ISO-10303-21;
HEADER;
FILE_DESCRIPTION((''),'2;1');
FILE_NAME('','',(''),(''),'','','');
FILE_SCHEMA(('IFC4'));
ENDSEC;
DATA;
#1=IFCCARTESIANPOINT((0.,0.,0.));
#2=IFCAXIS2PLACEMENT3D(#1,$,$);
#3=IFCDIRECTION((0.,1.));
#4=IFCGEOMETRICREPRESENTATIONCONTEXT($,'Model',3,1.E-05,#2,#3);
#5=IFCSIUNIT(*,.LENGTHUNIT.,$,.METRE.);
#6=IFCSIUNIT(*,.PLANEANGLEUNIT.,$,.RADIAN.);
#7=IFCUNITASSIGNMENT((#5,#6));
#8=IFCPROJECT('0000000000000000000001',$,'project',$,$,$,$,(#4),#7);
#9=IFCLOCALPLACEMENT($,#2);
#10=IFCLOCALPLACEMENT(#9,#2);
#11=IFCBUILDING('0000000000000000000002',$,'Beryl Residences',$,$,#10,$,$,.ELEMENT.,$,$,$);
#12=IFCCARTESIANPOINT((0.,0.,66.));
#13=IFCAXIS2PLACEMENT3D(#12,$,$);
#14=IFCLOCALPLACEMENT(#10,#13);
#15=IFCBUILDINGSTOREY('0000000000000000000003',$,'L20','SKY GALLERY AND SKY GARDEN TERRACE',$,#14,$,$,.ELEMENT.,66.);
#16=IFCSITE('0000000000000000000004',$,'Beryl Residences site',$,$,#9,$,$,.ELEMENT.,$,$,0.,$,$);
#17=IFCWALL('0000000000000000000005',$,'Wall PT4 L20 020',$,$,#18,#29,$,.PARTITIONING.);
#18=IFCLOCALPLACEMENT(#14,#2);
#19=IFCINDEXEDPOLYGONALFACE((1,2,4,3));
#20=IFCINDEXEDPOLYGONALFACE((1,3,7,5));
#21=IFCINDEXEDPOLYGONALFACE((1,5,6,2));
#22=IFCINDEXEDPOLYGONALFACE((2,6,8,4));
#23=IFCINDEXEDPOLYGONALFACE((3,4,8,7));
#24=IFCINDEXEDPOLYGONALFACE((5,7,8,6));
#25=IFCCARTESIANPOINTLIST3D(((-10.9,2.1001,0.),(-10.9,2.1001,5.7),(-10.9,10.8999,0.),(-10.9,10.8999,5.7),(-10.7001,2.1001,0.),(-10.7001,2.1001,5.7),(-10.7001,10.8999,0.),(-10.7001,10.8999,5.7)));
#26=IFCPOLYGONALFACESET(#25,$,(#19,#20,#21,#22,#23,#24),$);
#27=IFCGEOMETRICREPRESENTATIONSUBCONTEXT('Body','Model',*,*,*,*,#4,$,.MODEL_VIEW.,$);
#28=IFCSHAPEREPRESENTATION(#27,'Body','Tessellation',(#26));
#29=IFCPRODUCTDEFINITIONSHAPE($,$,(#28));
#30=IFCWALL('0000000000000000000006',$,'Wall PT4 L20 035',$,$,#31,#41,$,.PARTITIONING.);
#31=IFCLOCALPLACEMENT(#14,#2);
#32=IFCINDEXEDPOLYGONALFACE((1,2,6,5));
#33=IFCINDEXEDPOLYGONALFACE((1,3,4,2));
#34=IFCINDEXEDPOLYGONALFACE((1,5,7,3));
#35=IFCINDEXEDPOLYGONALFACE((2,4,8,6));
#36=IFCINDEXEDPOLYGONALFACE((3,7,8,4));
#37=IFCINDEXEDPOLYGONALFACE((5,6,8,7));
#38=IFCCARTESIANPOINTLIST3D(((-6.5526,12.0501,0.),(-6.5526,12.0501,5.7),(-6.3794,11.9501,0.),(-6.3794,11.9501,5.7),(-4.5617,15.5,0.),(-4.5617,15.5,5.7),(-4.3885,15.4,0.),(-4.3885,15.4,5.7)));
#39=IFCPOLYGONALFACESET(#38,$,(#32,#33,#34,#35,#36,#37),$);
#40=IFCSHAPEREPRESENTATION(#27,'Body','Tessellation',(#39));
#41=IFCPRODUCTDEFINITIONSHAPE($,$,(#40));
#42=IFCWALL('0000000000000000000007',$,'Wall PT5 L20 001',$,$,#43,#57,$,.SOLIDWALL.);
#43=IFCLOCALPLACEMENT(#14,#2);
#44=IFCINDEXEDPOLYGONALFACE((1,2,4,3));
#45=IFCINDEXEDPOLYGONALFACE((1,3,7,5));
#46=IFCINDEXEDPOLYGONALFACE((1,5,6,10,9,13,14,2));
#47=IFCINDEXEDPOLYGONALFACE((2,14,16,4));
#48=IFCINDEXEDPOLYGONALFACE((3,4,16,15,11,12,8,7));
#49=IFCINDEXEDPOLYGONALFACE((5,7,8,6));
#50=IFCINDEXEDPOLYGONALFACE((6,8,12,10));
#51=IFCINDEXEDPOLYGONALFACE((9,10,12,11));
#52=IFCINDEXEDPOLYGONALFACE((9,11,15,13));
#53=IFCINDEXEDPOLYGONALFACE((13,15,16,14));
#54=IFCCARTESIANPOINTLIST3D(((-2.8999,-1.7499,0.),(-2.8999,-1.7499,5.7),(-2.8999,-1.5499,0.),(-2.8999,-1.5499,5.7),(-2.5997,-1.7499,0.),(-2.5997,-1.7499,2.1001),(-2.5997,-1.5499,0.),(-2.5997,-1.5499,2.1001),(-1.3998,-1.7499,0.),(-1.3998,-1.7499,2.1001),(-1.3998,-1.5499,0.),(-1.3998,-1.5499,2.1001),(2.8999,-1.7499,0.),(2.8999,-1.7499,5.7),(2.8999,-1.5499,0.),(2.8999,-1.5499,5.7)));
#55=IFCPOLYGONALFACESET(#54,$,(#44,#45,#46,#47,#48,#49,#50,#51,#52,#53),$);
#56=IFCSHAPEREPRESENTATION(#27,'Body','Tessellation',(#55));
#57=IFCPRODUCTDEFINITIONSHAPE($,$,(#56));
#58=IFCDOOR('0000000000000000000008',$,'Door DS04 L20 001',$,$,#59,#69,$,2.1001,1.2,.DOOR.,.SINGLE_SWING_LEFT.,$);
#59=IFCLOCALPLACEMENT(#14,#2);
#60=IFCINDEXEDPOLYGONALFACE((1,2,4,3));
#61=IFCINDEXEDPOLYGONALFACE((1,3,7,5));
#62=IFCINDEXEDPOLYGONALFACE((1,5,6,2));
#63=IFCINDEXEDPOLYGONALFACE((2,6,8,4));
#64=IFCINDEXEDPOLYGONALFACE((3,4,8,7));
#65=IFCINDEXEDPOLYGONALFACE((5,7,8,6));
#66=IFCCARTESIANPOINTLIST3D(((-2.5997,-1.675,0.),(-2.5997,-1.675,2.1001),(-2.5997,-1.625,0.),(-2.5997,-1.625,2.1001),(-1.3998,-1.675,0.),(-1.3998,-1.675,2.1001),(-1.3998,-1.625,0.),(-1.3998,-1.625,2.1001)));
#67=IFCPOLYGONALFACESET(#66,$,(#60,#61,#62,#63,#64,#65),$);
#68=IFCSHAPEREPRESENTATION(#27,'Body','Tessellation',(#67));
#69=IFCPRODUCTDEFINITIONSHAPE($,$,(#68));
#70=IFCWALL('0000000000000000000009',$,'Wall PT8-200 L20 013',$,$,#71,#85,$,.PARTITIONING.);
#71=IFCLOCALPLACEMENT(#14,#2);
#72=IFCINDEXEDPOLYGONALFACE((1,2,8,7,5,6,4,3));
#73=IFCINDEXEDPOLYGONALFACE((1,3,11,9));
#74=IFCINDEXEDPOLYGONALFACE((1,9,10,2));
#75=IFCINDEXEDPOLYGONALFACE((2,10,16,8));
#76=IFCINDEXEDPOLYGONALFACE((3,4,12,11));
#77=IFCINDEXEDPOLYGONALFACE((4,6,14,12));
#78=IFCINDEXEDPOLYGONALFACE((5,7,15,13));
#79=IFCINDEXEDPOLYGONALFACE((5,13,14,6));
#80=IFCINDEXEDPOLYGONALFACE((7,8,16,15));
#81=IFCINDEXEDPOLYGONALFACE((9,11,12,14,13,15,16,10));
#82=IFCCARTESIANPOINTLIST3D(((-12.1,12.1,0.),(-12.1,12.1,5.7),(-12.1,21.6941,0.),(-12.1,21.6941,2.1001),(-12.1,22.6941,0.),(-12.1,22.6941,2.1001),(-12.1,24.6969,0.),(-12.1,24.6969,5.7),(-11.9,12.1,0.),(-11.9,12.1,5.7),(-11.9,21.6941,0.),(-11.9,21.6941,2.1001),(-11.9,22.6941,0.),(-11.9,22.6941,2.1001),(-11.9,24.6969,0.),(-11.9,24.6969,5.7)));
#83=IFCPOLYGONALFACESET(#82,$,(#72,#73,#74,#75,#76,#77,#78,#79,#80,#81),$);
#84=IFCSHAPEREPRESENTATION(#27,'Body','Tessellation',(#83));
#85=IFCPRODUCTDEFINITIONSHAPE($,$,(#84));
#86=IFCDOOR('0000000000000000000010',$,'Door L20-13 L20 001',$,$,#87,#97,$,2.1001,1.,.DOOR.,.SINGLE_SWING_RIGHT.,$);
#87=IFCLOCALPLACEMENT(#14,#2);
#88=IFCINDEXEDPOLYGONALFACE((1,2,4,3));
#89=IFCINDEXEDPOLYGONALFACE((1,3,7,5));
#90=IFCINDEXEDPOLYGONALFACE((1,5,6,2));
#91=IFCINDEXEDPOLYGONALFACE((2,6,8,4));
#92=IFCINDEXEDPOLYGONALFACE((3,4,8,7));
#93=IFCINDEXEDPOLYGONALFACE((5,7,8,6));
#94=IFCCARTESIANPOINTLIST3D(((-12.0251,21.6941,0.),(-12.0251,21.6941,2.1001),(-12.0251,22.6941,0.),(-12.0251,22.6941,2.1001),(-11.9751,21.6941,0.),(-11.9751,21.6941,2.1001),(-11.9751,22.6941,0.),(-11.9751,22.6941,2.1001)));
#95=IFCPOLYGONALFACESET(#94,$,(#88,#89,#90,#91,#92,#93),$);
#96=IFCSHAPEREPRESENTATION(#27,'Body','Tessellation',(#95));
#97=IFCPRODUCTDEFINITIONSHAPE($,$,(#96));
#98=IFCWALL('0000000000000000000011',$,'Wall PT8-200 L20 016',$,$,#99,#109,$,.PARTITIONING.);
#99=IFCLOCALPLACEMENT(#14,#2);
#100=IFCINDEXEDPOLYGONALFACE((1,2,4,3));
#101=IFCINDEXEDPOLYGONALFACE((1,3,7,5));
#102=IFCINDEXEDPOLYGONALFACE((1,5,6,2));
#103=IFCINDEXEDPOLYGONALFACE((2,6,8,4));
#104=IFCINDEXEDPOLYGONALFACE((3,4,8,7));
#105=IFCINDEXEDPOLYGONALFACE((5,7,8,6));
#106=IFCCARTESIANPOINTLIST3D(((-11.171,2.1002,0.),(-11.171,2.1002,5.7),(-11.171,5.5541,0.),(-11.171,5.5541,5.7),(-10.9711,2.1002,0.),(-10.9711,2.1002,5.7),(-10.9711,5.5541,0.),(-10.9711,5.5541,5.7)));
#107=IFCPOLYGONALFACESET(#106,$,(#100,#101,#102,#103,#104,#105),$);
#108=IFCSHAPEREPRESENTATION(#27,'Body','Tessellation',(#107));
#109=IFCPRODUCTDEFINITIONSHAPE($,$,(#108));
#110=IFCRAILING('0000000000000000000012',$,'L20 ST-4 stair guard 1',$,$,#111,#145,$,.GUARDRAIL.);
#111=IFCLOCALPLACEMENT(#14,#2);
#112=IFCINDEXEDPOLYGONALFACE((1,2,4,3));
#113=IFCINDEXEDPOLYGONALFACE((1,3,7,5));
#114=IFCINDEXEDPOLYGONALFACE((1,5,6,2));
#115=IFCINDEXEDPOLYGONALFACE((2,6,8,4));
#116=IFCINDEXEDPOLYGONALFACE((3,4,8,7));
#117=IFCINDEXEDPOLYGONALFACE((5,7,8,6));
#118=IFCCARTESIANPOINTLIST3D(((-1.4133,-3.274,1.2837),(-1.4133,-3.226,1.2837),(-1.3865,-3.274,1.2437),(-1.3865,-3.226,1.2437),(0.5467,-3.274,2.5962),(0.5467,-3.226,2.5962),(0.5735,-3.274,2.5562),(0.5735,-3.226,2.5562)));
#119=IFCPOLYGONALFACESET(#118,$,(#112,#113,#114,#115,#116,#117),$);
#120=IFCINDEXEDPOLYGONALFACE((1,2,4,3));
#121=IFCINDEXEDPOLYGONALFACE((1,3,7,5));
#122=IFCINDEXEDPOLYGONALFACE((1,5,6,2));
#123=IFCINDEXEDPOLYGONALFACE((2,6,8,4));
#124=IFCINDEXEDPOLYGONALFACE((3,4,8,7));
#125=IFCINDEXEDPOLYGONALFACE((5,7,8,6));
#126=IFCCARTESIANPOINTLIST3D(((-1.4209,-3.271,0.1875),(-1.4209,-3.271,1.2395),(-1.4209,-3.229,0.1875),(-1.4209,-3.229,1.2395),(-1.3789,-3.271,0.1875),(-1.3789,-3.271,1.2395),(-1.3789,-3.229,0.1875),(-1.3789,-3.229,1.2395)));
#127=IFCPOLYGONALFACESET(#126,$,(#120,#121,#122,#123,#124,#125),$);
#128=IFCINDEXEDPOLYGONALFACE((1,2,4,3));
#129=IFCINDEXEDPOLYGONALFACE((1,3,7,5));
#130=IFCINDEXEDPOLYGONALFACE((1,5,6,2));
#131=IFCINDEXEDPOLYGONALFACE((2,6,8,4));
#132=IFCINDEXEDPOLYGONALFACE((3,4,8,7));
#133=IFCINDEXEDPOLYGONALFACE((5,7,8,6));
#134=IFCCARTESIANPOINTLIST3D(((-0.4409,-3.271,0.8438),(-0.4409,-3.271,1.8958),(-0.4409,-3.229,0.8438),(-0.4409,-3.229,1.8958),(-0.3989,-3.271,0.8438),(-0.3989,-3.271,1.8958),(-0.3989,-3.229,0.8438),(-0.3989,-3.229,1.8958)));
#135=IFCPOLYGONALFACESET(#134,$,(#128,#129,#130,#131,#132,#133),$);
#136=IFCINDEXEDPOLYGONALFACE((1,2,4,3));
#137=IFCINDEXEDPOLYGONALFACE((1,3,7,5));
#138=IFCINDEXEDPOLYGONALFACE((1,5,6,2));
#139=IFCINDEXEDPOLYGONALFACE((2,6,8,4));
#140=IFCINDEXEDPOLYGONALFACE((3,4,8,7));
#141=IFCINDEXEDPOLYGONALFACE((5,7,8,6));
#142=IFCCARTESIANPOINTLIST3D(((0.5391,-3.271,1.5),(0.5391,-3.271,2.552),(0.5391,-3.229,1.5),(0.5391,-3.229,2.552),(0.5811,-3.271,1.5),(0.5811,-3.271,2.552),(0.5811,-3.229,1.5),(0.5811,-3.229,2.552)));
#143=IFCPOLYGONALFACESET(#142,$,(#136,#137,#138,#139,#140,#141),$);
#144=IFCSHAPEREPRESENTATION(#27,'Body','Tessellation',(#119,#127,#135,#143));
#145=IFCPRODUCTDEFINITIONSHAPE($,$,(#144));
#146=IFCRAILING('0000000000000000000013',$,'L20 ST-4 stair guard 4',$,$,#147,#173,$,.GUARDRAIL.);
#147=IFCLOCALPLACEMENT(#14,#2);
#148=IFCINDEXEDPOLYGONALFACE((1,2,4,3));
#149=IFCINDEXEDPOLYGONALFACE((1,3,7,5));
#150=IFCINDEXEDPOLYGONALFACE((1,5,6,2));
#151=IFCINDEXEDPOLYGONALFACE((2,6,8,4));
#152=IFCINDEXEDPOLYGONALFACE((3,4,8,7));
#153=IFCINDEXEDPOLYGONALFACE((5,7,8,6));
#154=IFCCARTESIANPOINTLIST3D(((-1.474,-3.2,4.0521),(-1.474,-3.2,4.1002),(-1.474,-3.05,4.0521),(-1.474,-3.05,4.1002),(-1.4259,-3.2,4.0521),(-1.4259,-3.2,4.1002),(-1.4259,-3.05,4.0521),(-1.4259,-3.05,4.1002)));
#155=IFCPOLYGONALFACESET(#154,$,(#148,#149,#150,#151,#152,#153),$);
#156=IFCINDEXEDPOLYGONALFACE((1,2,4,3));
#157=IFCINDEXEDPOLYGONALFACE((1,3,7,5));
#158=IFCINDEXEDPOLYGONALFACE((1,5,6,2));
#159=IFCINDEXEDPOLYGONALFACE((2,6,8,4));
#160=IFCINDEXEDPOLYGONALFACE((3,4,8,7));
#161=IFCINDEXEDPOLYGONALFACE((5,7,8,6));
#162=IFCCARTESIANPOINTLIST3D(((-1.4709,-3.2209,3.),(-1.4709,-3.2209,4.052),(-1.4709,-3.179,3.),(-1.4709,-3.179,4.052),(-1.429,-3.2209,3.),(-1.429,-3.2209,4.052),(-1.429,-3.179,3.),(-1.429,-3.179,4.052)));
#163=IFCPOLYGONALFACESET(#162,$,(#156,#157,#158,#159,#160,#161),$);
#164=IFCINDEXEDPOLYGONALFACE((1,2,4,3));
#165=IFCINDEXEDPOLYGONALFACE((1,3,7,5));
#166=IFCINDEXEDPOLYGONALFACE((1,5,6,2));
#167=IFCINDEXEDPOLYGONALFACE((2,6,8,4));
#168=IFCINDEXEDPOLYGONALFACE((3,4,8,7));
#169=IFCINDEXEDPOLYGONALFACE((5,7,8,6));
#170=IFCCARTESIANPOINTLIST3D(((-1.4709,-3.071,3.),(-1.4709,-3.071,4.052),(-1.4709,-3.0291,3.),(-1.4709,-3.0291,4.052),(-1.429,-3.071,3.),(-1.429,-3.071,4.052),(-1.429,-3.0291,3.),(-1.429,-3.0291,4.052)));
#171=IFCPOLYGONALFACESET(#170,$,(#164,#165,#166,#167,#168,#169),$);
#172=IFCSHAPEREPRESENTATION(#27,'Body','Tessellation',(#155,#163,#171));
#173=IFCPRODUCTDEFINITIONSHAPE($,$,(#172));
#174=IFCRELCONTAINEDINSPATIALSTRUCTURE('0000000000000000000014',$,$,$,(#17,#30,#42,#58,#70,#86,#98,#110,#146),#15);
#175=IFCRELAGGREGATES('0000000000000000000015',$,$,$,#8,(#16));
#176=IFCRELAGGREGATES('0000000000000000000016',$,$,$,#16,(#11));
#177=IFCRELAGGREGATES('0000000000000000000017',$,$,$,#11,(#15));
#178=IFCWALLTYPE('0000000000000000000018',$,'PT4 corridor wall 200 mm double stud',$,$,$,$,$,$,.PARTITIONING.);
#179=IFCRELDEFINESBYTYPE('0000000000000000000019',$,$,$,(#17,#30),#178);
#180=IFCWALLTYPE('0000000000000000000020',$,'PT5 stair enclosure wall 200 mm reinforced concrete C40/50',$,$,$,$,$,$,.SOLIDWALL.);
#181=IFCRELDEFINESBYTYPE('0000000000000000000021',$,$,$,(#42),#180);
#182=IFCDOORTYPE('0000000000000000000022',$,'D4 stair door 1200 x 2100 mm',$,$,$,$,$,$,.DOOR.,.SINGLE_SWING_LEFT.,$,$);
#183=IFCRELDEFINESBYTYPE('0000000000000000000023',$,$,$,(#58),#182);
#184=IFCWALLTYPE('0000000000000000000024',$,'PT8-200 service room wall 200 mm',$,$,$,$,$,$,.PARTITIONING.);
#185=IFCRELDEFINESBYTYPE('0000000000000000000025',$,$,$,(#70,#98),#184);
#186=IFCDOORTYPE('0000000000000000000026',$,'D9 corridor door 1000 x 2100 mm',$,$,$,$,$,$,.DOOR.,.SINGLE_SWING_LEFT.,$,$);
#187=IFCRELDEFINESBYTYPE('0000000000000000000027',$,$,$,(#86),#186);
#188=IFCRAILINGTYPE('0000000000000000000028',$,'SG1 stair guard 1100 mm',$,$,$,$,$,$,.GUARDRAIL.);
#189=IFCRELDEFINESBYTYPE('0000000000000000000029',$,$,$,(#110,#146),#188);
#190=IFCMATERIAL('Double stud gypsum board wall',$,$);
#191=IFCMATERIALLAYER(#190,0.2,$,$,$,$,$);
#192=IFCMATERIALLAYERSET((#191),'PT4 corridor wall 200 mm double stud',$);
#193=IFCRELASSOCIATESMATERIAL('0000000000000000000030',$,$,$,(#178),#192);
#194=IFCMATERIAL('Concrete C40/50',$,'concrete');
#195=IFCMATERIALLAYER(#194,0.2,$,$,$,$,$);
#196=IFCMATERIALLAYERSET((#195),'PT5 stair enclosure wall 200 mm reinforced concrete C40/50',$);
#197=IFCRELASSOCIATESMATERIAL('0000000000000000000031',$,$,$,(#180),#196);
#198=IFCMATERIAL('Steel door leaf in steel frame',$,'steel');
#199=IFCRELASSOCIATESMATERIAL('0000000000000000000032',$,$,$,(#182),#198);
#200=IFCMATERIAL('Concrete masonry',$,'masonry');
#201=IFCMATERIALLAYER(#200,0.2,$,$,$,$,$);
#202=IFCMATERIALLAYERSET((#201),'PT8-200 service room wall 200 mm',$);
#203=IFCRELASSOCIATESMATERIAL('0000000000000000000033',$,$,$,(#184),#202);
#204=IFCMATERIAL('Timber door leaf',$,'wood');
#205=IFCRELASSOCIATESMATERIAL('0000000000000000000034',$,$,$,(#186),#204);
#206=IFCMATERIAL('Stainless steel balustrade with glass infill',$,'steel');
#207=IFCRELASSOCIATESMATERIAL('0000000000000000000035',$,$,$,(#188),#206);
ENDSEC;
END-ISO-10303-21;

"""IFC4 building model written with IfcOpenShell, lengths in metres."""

from ifc_helpers import new_model, si_unit, direction, frame, frame_2d, origin, origin_2d, place, context, subcontext, project, spatial, rectangle, extrude, material, layer, layer_set, type_object, element, fill, save


model = new_model("IFC4")

# Units and contexts
model_context = context("Model", 3, precision=1e-05, world=origin(), true_north=direction((0.0, 1.0)))
body_context = subcontext(model_context, "Body", "Model", "MODEL_VIEW")
ifc_project = project(units=[si_unit("LENGTHUNIT", "METRE"), si_unit("PLANEANGLEUNIT", "RADIAN")], contexts=[model_context])

# Site, building, storey
site_placement = place(None, origin())
site = spatial("IfcSite", under=ifc_project, at=site_placement, Name="Beryl Residences site", CompositionType="ELEMENT", RefElevation=0.0)
building_placement = place(site_placement, origin())
building = spatial("IfcBuilding", under=site, at=building_placement, Name="Beryl Residences", CompositionType="ELEMENT")
storey_placement = place(building_placement, frame((0.0, 0.0, 66.0)))
storey = spatial("IfcBuildingStorey", under=building, at=storey_placement, Name="L20", Description="SKY GALLERY AND SKY GARDEN TERRACE", CompositionType="ELEMENT", Elevation=66.0)

# Walls
ifc_material_1 = material(Name="Double stud gypsum board wall")
ifc_layer_1 = layer(ifc_material_1, 0.2)
ifc_layer_set_1 = layer_set([ifc_layer_1], Name="PT4 corridor wall 200 mm double stud")
wall_type_1 = type_object("IfcWallType", Name="PT4 corridor wall 200 mm double stud", PredefinedType="PARTITIONING", material=ifc_layer_set_1)
wall_1_placement = place(storey_placement, frame((-10.8, 2.1001, 0.0), z_axis=(0.0, 0.0, 1.0), x_axis=(0.0, 1.0, 0.0)))
element("IfcWall", 1, at=wall_1_placement, inside=storey, type_object=wall_type_1, Name="Wall PT4 L20 020", PredefinedType="PARTITIONING", context=body_context, shape_type="SweptSolid", body=[
    extrude(rectangle(XDim=8.7998, YDim=0.2, at=frame_2d((4.3999, 0.0))), origin(), (0.0, 0.0, 1.0), 5.7),
])
wall_2_placement = place(storey_placement, frame((-6.4661, 12.0, 0.0), z_axis=(0.0, 0.0, 1.0), x_axis=(0.499837, 0.866119, 0.0)))
element("IfcWall", 2, at=wall_2_placement, inside=storey, type_object=wall_type_1, Name="Wall PT4 L20 035", PredefinedType="PARTITIONING", context=body_context, shape_type="SweptSolid", body=[
    extrude(rectangle(XDim=3.9832, YDim=0.2, at=frame_2d((1.9917, 0.0))), origin(), (0.0, 0.0, 1.0), 5.7),
])

# Walls, openings, doors
ifc_material_2 = material(Name="Concrete C40/50", Category="concrete")
ifc_layer_2 = layer(ifc_material_2, 0.2)
ifc_layer_set_2 = layer_set([ifc_layer_2], Name="PT5 stair enclosure wall 200 mm reinforced concrete C40/50")
wall_type_2 = type_object("IfcWallType", Name="PT5 stair enclosure wall 200 mm reinforced concrete C40/50", PredefinedType="SOLIDWALL", material=ifc_layer_set_2)
wall_3_placement = place(storey_placement, frame((-2.8999, -1.6499, 0.0), z_axis=(0.0, 0.0, 1.0), x_axis=(1.0, 0.0, 0.0)))
wall_3 = element("IfcWall", 3, at=wall_3_placement, inside=storey, type_object=wall_type_2, Name="Wall PT5 L20 001", PredefinedType="SOLIDWALL", context=body_context, shape_type="SweptSolid", body=[
    extrude(rectangle(XDim=5.7998, YDim=0.2, at=frame_2d((2.8999, 0.0))), origin(), (0.0, 0.0, 1.0), 5.7),
])
opening_1_placement = place(wall_3_placement, frame((0.3, 0.0, 0.0)))
opening_1 = element("IfcOpeningElement", 4, at=opening_1_placement, cuts=wall_3, PredefinedType="OPENING", context=body_context, shape_type="SweptSolid", body=[
    extrude(rectangle(XDim=1.2, YDim=2.1001, at=frame_2d((0.6001, 1.05))), frame((0.0, 0.1099, 0.0), z_axis=(0.0, -1.0, 0.0), x_axis=(1.0, 0.0, 0.0)), (0.0, 0.0, 1.0), 0.22),
])
ifc_material_3 = material(Name="Steel door leaf in steel frame", Category="steel")
door_type_1 = type_object("IfcDoorType", Name="D4 stair door 1200 x 2100 mm", OperationType="SINGLE_SWING_LEFT", PredefinedType="DOOR", material=ifc_material_3)
door_1_placement = place(opening_1_placement, origin())
door_1 = element("IfcDoor", 5, at=door_1_placement, inside=storey, type_object=door_type_1, Name="Door DS04 L20 001", OperationType="SINGLE_SWING_LEFT", OverallHeight=2.1001, OverallWidth=1.2, PredefinedType="DOOR", context=body_context, shape_type="SweptSolid", body=[
    extrude(rectangle(XDim=1.2, YDim=2.1001, at=frame_2d((0.6001, 1.05))), frame((0.0, 0.0249, 0.0), z_axis=(0.0, -1.0, 0.0), x_axis=(1.0, 0.0, 0.0)), (0.0, 0.0, 1.0), 0.05),
])
fill(opening_1, door_1)
ifc_material_4 = material(Name="Concrete masonry", Category="masonry")
ifc_layer_3 = layer(ifc_material_4, 0.2)
ifc_layer_set_3 = layer_set([ifc_layer_3], Name="PT8-200 service room wall 200 mm")
wall_type_3 = type_object("IfcWallType", Name="PT8-200 service room wall 200 mm", PredefinedType="PARTITIONING", material=ifc_layer_set_3)
wall_4_placement = place(storey_placement, frame((-12.0, 12.1001, 0.0), z_axis=(0.0, 0.0, 1.0), x_axis=(0.0, 1.0, 0.0)))
wall_4 = element("IfcWall", 6, at=wall_4_placement, inside=storey, type_object=wall_type_3, Name="Wall PT8-200 L20 013", PredefinedType="PARTITIONING", context=body_context, shape_type="SweptSolid", body=[
    extrude(rectangle(XDim=12.5969, YDim=0.2, at=frame_2d((6.2983, 0.0))), origin(), (0.0, 0.0, 1.0), 5.7),
])
opening_2_placement = place(wall_4_placement, frame((10.594, 0.0, 0.0), z_axis=(0.0, 0.0, 1.0), x_axis=(-1.0, 0.0, 0.0)))
opening_2 = element("IfcOpeningElement", 7, at=opening_2_placement, cuts=wall_4, PredefinedType="OPENING", context=body_context, shape_type="SweptSolid", body=[
    extrude(rectangle(XDim=1.0, YDim=2.1001, at=frame_2d((0.5, 1.05))), frame((0.0, 0.1099, 0.0), z_axis=(0.0, -1.0, 0.0), x_axis=(1.0, 0.0, 0.0)), (0.0, 0.0, 1.0), 0.22),
])
ifc_material_5 = material(Name="Timber door leaf", Category="wood")
door_type_2 = type_object("IfcDoorType", Name="D9 corridor door 1000 x 2100 mm", OperationType="SINGLE_SWING_LEFT", PredefinedType="DOOR", material=ifc_material_5)
door_2_placement = place(opening_2_placement, origin())
door_2 = element("IfcDoor", 8, at=door_2_placement, inside=storey, type_object=door_type_2, Name="Door L20-13 L20 001", OperationType="SINGLE_SWING_RIGHT", OverallHeight=2.1001, OverallWidth=1.0, PredefinedType="DOOR", context=body_context, shape_type="SweptSolid", body=[
    extrude(rectangle(XDim=1.0, YDim=2.1001, at=frame_2d((0.5, 1.05))), frame((0.0, 0.0249, 0.0), z_axis=(0.0, -1.0, 0.0), x_axis=(1.0, 0.0, 0.0)), (0.0, 0.0, 1.0), 0.05),
])
fill(opening_2, door_2)

# Wall
wall_5_placement = place(storey_placement, frame((-11.071, 2.1001, 0.0), z_axis=(0.0, 0.0, 1.0), x_axis=(0.0, 1.0, 0.0)))
element("IfcWall", 9, at=wall_5_placement, inside=storey, type_object=wall_type_3, Name="Wall PT8-200 L20 016", PredefinedType="PARTITIONING", context=body_context, shape_type="SweptSolid", body=[
    extrude(rectangle(XDim=3.4539, YDim=0.2, at=frame_2d((1.7271, 0.0))), origin(), (0.0, 0.0, 1.0), 5.7),
])

# Railings
ifc_material_6 = material(Name="Stainless steel balustrade with glass infill", Category="steel")
railing_type = type_object("IfcRailingType", Name="SG1 stair guard 1100 mm", PredefinedType="GUARDRAIL", material=ifc_material_6)
railing_1_placement = place(storey_placement, frame((-1.3999, -3.25, 0.1875)))
element("IfcRailing", 10, at=railing_1_placement, inside=storey, type_object=railing_type, Name="L20 ST-4 stair guard 1", PredefinedType="GUARDRAIL", context=body_context, shape_type="SweptSolid", body=[
    extrude(rectangle(XDim=0.0481, YDim=0.0481, at=origin_2d()), frame((0.0, 0.0, 1.0762), z_axis=(0.830902, 0.0, 0.556419), x_axis=(0.0, 1.0, 0.0)), (0.0, 0.0, 1.0), 2.3589),
    extrude(rectangle(XDim=0.042, YDim=0.042, at=origin_2d()), origin(), (0.0, 0.0, 1.0), 1.052),
    extrude(rectangle(XDim=0.042, YDim=0.042, at=origin_2d()), frame((0.98, 0.0, 0.6562)), (0.0, 0.0, 1.0), 1.052),
    extrude(rectangle(XDim=0.042, YDim=0.042, at=origin_2d()), frame((1.96, 0.0, 1.3125)), (0.0, 0.0, 1.0), 1.052),
])
railing_2_placement = place(storey_placement, frame((-1.45, -3.2, 3.0)))
element("IfcRailing", 11, at=railing_2_placement, inside=storey, type_object=railing_type, Name="L20 ST-4 stair guard 4", PredefinedType="GUARDRAIL", context=body_context, shape_type="SweptSolid", body=[
    extrude(rectangle(XDim=0.0481, YDim=0.0481, at=origin_2d()), frame((0.0, 0.0, 1.0762), z_axis=(0.0, 1.0, 0.0), x_axis=(-1.0, 0.0, 0.0)), (0.0, 0.0, 1.0), 0.1499),
    extrude(rectangle(XDim=0.042, YDim=0.042, at=origin_2d()), origin(), (0.0, 0.0, 1.0), 1.052),
    extrude(rectangle(XDim=0.042, YDim=0.042, at=origin_2d()), frame((0.0, 0.1499, 0.0)), (0.0, 0.0, 1.0), 1.052),
])

save(model, "model.ifc")
